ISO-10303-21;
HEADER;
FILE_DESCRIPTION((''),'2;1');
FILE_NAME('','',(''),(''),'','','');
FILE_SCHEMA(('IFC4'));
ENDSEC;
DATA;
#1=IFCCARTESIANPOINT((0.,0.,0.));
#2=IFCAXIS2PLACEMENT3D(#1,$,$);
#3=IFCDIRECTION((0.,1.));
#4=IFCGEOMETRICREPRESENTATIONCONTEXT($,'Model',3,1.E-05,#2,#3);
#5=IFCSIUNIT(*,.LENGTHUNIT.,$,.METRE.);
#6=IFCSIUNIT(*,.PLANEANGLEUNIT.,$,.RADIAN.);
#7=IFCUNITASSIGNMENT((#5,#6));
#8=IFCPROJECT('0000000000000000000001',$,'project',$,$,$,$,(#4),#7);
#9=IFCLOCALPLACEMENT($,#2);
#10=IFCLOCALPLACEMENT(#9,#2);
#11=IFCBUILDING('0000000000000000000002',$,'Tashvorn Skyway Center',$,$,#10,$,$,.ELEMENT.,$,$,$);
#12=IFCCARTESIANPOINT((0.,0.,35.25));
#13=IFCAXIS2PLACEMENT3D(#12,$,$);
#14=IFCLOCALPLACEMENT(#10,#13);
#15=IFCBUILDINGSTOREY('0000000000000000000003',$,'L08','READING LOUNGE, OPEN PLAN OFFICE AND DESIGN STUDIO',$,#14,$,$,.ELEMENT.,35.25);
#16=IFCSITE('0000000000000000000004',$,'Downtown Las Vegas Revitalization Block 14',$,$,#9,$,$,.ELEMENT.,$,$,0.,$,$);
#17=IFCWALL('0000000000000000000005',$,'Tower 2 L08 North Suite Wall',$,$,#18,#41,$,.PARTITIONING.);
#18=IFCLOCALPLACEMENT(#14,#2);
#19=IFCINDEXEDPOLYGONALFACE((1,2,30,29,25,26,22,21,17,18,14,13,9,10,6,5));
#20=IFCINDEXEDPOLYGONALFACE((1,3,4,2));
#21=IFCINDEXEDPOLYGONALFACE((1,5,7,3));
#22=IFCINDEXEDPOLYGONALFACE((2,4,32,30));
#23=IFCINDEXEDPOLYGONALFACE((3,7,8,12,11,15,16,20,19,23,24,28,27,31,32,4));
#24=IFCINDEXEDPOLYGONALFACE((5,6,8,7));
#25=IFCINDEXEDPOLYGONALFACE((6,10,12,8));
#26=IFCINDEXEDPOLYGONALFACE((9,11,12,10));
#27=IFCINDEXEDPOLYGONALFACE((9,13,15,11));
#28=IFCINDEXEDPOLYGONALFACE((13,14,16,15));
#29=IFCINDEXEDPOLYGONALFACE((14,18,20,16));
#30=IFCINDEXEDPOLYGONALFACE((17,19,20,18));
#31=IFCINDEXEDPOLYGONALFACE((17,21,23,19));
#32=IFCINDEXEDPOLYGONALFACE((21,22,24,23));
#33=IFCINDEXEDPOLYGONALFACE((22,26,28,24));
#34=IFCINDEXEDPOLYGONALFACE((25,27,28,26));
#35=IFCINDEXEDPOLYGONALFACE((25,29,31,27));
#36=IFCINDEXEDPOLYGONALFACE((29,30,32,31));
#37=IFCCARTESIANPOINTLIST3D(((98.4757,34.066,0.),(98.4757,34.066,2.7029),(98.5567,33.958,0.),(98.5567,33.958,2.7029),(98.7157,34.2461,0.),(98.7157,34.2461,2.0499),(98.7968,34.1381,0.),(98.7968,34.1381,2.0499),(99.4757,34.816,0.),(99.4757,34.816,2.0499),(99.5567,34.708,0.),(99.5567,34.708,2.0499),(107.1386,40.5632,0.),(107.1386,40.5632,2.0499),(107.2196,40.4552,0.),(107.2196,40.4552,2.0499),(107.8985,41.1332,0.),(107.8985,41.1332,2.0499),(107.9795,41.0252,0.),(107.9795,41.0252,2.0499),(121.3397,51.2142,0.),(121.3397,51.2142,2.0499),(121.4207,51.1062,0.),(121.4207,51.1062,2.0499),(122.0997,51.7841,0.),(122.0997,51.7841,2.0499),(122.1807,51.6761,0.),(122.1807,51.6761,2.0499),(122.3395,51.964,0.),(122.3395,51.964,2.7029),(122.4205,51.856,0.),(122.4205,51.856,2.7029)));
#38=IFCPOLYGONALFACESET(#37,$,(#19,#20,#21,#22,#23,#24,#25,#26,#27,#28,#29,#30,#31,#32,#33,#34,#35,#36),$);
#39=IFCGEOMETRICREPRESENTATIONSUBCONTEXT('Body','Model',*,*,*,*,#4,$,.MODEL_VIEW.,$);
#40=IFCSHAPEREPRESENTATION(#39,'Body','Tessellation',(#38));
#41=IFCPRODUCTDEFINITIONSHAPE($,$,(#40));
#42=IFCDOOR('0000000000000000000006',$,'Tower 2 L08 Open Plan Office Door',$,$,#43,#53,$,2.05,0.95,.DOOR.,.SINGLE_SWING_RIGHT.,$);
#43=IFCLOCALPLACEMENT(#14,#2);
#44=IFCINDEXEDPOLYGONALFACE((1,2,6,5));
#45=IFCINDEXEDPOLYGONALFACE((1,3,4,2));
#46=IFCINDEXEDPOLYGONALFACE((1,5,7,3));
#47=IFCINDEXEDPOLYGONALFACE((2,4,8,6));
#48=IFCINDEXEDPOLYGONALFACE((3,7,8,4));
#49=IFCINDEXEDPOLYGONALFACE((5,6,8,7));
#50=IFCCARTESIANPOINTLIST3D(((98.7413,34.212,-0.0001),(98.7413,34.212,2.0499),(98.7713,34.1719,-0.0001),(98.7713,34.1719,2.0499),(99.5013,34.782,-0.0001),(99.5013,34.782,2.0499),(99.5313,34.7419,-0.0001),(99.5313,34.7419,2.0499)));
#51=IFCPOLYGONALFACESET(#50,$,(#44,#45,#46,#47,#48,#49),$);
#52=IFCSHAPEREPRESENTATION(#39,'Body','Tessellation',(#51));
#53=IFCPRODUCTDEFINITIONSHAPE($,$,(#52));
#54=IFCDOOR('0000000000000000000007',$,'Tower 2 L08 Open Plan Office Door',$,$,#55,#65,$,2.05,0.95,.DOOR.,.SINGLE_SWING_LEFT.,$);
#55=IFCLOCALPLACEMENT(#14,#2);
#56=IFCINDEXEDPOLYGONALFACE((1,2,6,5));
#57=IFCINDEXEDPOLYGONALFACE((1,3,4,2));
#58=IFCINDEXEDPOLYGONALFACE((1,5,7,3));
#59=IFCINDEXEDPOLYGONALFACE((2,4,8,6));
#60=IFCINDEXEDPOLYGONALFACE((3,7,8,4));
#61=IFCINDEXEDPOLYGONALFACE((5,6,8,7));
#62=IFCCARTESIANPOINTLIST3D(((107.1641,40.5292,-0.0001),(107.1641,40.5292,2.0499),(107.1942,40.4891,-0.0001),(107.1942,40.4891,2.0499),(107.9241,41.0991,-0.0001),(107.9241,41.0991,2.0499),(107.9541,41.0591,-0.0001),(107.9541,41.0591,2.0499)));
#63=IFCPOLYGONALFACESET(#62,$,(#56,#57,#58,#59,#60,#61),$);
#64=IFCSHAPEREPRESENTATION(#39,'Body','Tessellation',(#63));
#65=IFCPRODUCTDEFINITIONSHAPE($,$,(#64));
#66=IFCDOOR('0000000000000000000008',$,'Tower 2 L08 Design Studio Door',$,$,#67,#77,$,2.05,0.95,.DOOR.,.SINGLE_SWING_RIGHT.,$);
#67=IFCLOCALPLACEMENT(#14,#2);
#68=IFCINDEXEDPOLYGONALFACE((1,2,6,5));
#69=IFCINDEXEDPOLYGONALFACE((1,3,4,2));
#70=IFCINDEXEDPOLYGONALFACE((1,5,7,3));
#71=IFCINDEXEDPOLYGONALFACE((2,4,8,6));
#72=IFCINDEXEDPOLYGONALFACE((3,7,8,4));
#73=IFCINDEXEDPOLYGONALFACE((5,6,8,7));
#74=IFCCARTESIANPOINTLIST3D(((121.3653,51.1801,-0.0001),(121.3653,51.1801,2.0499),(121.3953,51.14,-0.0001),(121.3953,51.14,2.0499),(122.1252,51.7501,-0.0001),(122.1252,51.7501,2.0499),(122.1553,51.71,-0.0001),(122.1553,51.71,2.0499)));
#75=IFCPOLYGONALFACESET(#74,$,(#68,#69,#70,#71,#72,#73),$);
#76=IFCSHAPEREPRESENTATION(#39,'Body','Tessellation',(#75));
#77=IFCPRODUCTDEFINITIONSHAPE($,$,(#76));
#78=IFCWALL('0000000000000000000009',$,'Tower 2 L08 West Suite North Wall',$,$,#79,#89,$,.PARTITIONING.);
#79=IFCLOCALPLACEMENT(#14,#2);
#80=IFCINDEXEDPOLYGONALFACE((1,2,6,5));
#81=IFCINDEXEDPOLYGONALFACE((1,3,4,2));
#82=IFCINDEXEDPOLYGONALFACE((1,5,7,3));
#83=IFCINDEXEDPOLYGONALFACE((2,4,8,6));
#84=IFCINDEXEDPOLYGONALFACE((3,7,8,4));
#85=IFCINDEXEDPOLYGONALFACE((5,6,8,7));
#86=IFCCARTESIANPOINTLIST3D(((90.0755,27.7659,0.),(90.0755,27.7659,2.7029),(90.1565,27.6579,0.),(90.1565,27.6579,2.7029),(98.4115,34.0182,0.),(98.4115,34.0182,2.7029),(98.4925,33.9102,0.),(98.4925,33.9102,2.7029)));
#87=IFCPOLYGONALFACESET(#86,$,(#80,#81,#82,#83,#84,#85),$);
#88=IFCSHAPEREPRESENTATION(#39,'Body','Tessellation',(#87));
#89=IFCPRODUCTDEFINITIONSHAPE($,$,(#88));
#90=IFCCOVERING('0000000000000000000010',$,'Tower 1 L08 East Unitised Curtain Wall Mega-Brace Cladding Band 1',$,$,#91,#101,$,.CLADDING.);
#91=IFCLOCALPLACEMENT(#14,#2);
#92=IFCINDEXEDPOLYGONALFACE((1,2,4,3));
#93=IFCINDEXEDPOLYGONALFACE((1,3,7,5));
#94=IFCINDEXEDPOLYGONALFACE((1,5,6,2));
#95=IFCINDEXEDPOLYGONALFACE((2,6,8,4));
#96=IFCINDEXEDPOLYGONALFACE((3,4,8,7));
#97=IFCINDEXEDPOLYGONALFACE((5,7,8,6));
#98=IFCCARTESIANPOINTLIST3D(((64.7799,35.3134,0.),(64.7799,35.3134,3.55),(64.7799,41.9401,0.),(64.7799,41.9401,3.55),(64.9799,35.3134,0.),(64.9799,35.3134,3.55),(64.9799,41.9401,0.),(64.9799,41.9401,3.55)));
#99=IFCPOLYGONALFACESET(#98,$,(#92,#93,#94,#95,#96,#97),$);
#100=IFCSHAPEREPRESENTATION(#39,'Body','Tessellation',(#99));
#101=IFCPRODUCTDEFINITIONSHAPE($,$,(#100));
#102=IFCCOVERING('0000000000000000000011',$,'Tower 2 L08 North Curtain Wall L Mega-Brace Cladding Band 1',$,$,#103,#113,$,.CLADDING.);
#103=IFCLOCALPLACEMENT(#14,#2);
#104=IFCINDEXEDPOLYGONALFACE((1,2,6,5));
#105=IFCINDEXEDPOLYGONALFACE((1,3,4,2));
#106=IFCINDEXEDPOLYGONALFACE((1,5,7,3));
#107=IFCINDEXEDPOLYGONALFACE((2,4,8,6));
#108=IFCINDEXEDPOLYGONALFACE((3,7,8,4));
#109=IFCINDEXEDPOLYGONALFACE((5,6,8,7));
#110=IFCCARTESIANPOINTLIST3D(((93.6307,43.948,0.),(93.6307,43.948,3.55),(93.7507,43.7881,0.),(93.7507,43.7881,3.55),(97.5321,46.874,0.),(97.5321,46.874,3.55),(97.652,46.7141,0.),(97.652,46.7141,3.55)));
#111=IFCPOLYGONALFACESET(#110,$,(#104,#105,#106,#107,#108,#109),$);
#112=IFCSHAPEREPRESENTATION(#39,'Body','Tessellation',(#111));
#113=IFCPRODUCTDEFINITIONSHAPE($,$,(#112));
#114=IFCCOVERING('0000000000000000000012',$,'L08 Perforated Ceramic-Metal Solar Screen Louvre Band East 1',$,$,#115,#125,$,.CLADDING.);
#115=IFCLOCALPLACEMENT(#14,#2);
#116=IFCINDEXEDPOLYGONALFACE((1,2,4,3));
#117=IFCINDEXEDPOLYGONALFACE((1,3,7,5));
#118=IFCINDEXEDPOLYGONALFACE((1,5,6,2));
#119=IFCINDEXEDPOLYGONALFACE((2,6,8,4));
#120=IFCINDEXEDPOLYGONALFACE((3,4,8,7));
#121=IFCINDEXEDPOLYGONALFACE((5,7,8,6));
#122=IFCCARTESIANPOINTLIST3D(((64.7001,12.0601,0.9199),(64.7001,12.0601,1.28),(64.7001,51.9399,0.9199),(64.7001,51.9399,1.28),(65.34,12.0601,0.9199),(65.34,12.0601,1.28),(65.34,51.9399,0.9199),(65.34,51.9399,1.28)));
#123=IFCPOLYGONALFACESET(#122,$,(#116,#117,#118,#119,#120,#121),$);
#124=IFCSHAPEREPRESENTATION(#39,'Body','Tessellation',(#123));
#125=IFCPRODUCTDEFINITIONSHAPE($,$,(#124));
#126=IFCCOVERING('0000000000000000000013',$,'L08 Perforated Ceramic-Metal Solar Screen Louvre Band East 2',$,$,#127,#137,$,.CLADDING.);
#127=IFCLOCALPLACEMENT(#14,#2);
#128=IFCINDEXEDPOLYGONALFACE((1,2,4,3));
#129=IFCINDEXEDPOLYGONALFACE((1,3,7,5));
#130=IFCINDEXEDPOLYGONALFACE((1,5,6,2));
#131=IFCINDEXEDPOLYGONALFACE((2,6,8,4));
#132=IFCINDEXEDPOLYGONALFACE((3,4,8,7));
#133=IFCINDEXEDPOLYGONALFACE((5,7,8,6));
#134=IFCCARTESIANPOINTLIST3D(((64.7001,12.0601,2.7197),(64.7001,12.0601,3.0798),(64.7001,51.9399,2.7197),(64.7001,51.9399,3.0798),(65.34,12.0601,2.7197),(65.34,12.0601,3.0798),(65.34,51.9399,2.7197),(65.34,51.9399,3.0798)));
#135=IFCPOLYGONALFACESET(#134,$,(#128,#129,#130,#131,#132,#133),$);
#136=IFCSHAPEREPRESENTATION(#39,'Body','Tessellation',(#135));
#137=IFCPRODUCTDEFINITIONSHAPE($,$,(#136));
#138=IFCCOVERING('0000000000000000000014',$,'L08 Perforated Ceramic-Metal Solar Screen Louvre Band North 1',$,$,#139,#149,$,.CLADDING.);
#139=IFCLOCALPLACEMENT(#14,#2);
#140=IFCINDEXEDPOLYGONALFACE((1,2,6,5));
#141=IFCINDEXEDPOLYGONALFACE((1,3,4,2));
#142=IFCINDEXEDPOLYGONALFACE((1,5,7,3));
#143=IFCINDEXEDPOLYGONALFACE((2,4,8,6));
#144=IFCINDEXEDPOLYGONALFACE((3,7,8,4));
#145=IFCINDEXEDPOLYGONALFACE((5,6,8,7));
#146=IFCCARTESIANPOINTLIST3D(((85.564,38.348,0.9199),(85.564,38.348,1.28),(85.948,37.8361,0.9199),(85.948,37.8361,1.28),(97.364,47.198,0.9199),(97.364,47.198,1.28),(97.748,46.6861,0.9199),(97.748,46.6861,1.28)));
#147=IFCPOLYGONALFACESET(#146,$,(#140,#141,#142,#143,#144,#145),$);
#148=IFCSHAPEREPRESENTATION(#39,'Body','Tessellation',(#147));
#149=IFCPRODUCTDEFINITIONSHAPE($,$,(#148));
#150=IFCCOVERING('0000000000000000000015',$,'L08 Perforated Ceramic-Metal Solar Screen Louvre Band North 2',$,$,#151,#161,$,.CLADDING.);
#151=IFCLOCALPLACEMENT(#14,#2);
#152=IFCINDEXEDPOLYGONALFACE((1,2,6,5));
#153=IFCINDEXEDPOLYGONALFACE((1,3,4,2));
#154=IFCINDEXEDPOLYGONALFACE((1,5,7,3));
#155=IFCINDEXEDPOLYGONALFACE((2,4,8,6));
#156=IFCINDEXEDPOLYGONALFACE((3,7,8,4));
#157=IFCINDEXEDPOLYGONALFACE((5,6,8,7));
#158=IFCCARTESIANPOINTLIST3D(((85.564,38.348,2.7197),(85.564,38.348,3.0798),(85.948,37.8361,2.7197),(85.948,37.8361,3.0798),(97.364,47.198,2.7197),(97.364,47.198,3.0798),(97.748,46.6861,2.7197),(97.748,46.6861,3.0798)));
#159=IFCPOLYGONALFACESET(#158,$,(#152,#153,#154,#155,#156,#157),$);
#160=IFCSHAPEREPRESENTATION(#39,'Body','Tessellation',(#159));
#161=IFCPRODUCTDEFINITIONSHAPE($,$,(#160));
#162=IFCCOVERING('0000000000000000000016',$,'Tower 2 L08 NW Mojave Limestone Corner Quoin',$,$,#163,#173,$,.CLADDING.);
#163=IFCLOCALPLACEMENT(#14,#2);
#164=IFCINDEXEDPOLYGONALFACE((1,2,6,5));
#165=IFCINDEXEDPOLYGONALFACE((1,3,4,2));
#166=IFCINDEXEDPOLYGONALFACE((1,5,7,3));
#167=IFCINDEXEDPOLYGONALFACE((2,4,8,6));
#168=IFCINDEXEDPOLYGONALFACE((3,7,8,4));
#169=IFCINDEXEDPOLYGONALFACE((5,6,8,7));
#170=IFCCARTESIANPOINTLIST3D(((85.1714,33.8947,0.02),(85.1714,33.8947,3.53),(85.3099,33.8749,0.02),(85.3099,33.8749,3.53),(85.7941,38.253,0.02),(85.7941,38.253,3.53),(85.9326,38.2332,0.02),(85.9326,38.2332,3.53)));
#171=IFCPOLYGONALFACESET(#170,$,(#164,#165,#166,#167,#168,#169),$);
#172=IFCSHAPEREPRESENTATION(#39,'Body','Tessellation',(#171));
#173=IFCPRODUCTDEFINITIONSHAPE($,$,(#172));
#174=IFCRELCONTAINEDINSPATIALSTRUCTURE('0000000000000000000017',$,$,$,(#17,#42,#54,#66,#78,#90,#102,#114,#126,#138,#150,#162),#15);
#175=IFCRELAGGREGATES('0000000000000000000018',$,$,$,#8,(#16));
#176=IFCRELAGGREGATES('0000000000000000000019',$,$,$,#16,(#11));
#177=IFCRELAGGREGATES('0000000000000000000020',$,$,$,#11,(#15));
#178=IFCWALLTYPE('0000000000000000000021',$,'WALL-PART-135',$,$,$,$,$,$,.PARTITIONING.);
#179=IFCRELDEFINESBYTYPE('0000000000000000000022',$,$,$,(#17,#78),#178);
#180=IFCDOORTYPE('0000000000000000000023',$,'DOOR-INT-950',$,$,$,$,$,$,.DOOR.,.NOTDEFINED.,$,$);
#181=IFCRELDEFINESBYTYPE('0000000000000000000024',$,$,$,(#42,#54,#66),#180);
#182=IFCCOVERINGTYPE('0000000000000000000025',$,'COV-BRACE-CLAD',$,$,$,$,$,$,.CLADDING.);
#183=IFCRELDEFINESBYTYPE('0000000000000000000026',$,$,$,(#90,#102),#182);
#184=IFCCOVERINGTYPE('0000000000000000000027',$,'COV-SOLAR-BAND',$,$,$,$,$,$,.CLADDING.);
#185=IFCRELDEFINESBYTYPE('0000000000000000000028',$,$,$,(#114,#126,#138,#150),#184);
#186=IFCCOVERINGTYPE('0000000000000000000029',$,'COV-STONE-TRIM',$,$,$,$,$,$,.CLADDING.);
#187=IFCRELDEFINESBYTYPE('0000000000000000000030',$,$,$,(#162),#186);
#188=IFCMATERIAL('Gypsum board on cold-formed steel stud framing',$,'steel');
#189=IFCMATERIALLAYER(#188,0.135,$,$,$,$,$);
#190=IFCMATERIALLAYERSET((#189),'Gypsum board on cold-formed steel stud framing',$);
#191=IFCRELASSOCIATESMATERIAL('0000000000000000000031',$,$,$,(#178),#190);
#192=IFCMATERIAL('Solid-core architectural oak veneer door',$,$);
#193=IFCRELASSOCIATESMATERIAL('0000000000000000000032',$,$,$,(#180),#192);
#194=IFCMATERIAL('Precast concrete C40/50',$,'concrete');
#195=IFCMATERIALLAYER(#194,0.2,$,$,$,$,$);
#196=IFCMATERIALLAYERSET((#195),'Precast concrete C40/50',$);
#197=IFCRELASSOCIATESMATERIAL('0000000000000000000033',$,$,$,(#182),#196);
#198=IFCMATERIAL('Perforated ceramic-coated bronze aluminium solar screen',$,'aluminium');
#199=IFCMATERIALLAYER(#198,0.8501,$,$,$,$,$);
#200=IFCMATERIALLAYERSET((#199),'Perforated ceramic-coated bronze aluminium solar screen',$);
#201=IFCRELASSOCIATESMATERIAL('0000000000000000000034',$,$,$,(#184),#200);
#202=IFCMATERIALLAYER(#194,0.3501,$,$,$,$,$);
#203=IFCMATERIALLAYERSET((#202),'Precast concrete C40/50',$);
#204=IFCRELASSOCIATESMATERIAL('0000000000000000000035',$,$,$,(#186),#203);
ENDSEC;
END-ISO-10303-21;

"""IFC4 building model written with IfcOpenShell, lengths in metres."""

from ifc_helpers import new_model, si_unit, direction, frame, frame_2d, origin, origin_2d, place, context, subcontext, project, spatial, rectangle, extrude, material, layer, layer_set, type_object, element, fill, save


model = new_model("IFC4")

# Units and contexts
model_context = context("Model", 3, precision=1e-05, world=origin(), true_north=direction((0.0, 1.0)))
body_context = subcontext(model_context, "Body", "Model", "MODEL_VIEW")
ifc_project = project(units=[si_unit("LENGTHUNIT", "METRE"), si_unit("PLANEANGLEUNIT", "RADIAN")], contexts=[model_context])

# Site, building, storey
site_placement = place(None, origin())
site = spatial("IfcSite", under=ifc_project, at=site_placement, Name="Downtown Las Vegas Revitalization Block 14", CompositionType="ELEMENT", RefElevation=0.0)
building_placement = place(site_placement, origin())
building = spatial("IfcBuilding", under=site, at=building_placement, Name="Tashvorn Skyway Center", CompositionType="ELEMENT")
storey_placement = place(building_placement, frame((0.0, 0.0, 35.25)))
storey = spatial("IfcBuildingStorey", under=building, at=storey_placement, Name="L08", Description="READING LOUNGE, OPEN PLAN OFFICE AND DESIGN STUDIO", CompositionType="ELEMENT", Elevation=35.25)

# Shared definitions
ifc_material_1 = material(Name="Precast concrete C40/50", Category="concrete")

# Shared definitions
ifc_material_2 = material(Name="Gypsum board on cold-formed steel stud framing", Category="steel")
ifc_layer_1 = layer(ifc_material_2, 0.135)
ifc_layer_set_1 = layer_set([ifc_layer_1], Name="Gypsum board on cold-formed steel stud framing")
wall_type_1 = type_object("IfcWallType", Name="WALL-PART-135", PredefinedType="PARTITIONING", material=ifc_layer_set_1)

# Wall, openings, doors
wall_1_placement = place(storey_placement, frame((98.5161, 34.012, 0.0), z_axis=(0.0, 0.0, 1.0), x_axis=(0.799998, 0.600003, 0.0)))
wall_1 = element("IfcWall", 1, at=wall_1_placement, inside=storey, type_object=wall_type_1, Name="Tower 2 L08 North Suite Wall", PredefinedType="PARTITIONING", context=body_context, shape_type="SweptSolid", body=[
    extrude(rectangle(XDim=29.8298, YDim=0.135, at=frame_2d((14.915, 0.0))), origin(), (0.0, 0.0, 1.0), 2.7029),
])
opening_1_placement = place(wall_1_placement, frame((0.3, 0.0, 0.0)))
opening_1 = element("IfcOpeningElement", 2, at=opening_1_placement, cuts=wall_1, PredefinedType="OPENING", context=body_context, shape_type="SweptSolid", body=[
    extrude(rectangle(XDim=0.95, YDim=2.05, at=frame_2d((0.4751, 1.0249))), frame((0.0, 0.0774, 0.0), z_axis=(0.0, -1.0, 0.0), x_axis=(1.0, 0.0, 0.0)), (0.0, 0.0, 1.0), 0.155),
])
opening_2_placement = place(wall_1_placement, frame((10.8286, 0.0, 0.0)))
opening_2 = element("IfcOpeningElement", 3, at=opening_2_placement, cuts=wall_1, PredefinedType="OPENING", context=body_context, shape_type="SweptSolid", body=[
    extrude(rectangle(XDim=0.95, YDim=2.05, at=frame_2d((0.4751, 1.0249))), frame((0.0, 0.0774, 0.0), z_axis=(0.0, -1.0, 0.0), x_axis=(1.0, 0.0, 0.0)), (0.0, 0.0, 1.0), 0.155),
])
opening_3_placement = place(wall_1_placement, frame((28.5801, 0.0, 0.0)))
opening_3 = element("IfcOpeningElement", 4, at=opening_3_placement, cuts=wall_1, PredefinedType="OPENING", context=body_context, shape_type="SweptSolid", body=[
    extrude(rectangle(XDim=0.95, YDim=2.05, at=frame_2d((0.4751, 1.0249))), frame((0.0, 0.0774, 0.0), z_axis=(0.0, -1.0, 0.0), x_axis=(1.0, 0.0, 0.0)), (0.0, 0.0, 1.0), 0.155),
])
ifc_material_3 = material(Name="Solid-core architectural oak veneer door")
door_type_1 = type_object("IfcDoorType", Name="DOOR-INT-950", OperationType="NOTDEFINED", PredefinedType="DOOR", material=ifc_material_3)
door_1_placement = place(opening_1_placement, origin())
door_1 = element("IfcDoor", 5, at=door_1_placement, inside=storey, type_object=door_type_1, Name="Tower 2 L08 Open Plan Office Door", OperationType="SINGLE_SWING_RIGHT", OverallHeight=2.05, OverallWidth=0.95, PredefinedType="DOOR", context=body_context, shape_type="SweptSolid", body=[
    extrude(rectangle(XDim=0.95, YDim=2.05, at=frame_2d((0.4751, 1.0249))), frame((0.0, 0.0249, 0.0), z_axis=(0.0, -1.0, 0.0), x_axis=(1.0, 0.0, 0.0)), (0.0, 0.0, 1.0), 0.05),
])
fill(opening_1, door_1)
door_2_placement = place(opening_2_placement, origin())
door_2 = element("IfcDoor", 6, at=door_2_placement, inside=storey, type_object=door_type_1, Name="Tower 2 L08 Open Plan Office Door", OperationType="SINGLE_SWING_LEFT", OverallHeight=2.05, OverallWidth=0.95, PredefinedType="DOOR", context=body_context, shape_type="SweptSolid", body=[
    extrude(rectangle(XDim=0.95, YDim=2.05, at=frame_2d((0.4751, 1.0249))), frame((0.0, 0.0249, 0.0), z_axis=(0.0, -1.0, 0.0), x_axis=(1.0, 0.0, 0.0)), (0.0, 0.0, 1.0), 0.05),
])
fill(opening_2, door_2)
door_3_placement = place(opening_3_placement, origin())
door_3 = element("IfcDoor", 7, at=door_3_placement, inside=storey, type_object=door_type_1, Name="Tower 2 L08 Design Studio Door", OperationType="SINGLE_SWING_RIGHT", OverallHeight=2.05, OverallWidth=0.95, PredefinedType="DOOR", context=body_context, shape_type="SweptSolid", body=[
    extrude(rectangle(XDim=0.95, YDim=2.05, at=frame_2d((0.4751, 1.0249))), frame((0.0, 0.0249, 0.0), z_axis=(0.0, -1.0, 0.0), x_axis=(1.0, 0.0, 0.0)), (0.0, 0.0, 1.0), 0.05),
])
fill(opening_3, door_3)

# Wall
wall_2_placement = place(storey_placement, frame((98.4519, 33.9641, 0.0), z_axis=(0.0, 0.0, 1.0), x_axis=(-0.799989, -0.600015, 0.0)))
element("IfcWall", 8, at=wall_2_placement, inside=storey, type_object=wall_type_1, Name="Tower 2 L08 West Suite North Wall", PredefinedType="PARTITIONING", context=body_context, shape_type="SweptSolid", body=[
    extrude(rectangle(XDim=10.4202, YDim=0.135, at=frame_2d((5.21, 0.0))), origin(), (0.0, 0.0, 1.0), 2.7029),
])

# Coverings
ifc_layer_2 = layer(ifc_material_1, 0.2)
ifc_layer_set_2 = layer_set([ifc_layer_2], Name="Precast concrete C40/50")
covering_type_1 = type_object("IfcCoveringType", Name="COV-BRACE-CLAD", PredefinedType="CLADDING", material=ifc_layer_set_2)
covering_1_placement = place(storey_placement, frame((64.8799, 38.6267, 0.0), z_axis=(0.0, 0.0, 1.0), x_axis=(0.0, -1.0, 0.0)))
element("IfcCovering", 9, at=covering_1_placement, inside=storey, type_object=covering_type_1, Name="Tower 1 L08 East Unitised Curtain Wall Mega-Brace Cladding Band 1", PredefinedType="CLADDING", context=body_context, shape_type="SweptSolid", body=[
    extrude(rectangle(XDim=6.6267, YDim=0.2, at=origin_2d()), origin(), (0.0, 0.0, 1.0), 3.55),
])
covering_2_placement = place(storey_placement, frame((95.6414, 45.3311, 0.0), z_axis=(0.0, 0.0, 1.0), x_axis=(0.8, 0.6, 0.0)))
element("IfcCovering", 10, at=covering_2_placement, inside=storey, type_object=covering_type_1, Name="Tower 2 L08 North Curtain Wall L Mega-Brace Cladding Band 1", PredefinedType="CLADDING", context=body_context, shape_type="SweptSolid", body=[
    extrude(rectangle(XDim=4.8767, YDim=0.2, at=origin_2d()), origin(), (0.0, 0.0, 1.0), 3.55),
])
ifc_material_4 = material(Name="Perforated ceramic-coated bronze aluminium solar screen", Category="aluminium")
ifc_layer_3 = layer(ifc_material_4, 0.8501)
ifc_layer_set_3 = layer_set([ifc_layer_3], Name="Perforated ceramic-coated bronze aluminium solar screen")
covering_type_2 = type_object("IfcCoveringType", Name="COV-SOLAR-BAND", PredefinedType="CLADDING", material=ifc_layer_set_3)
for number, where, z_axis, x_axis, name in (
    (11, (65.02, 32.0, 0.9199), (0.0, 0.0, 1.0), (0.0, -1.0, 0.0), "L08 Perforated Ceramic-Metal Solar Screen Louvre Band East 1"),
    (12, (65.02, 32.0, 2.7197), (0.0, 0.0, 1.0), (0.0, -1.0, 0.0), "L08 Perforated Ceramic-Metal Solar Screen Louvre Band East 2"),
):
    element("IfcCovering", number, at=place(storey_placement, frame(where, z_axis=z_axis, x_axis=x_axis)), inside=storey, type_object=covering_type_2, Name=name, PredefinedType="CLADDING", context=body_context, shape_type="SweptSolid", body=[
        extrude(rectangle(XDim=39.8799, YDim=0.6399, at=origin_2d()), origin(), (0.0, 0.0, 1.0), 0.3601),
    ])
for number, where, z_axis, x_axis, name in (
    (13, (91.656, 42.5171, 0.9199), (0.0, 0.0, 1.0), (0.8, 0.6, 0.0), "L08 Perforated Ceramic-Metal Solar Screen Louvre Band North 1"),
    (14, (91.656, 42.5171, 2.7197), (0.0, 0.0, 1.0), (0.8, 0.6, 0.0), "L08 Perforated Ceramic-Metal Solar Screen Louvre Band North 2"),
):
    element("IfcCovering", number, at=place(storey_placement, frame(where, z_axis=z_axis, x_axis=x_axis)), inside=storey, type_object=covering_type_2, Name=name, PredefinedType="CLADDING", context=body_context, shape_type="SweptSolid", body=[
        extrude(rectangle(XDim=14.75, YDim=0.6399, at=origin_2d()), origin(), (0.0, 0.0, 1.0), 0.3601),
    ])
ifc_layer_4 = layer(ifc_material_1, 0.3501)
ifc_layer_set_4 = layer_set([ifc_layer_4], Name="Precast concrete C40/50")
covering_type_3 = type_object("IfcCoveringType", Name="COV-STONE-TRIM", PredefinedType="CLADDING", material=ifc_layer_set_4)
covering_3_placement = place(storey_placement, frame((85.552, 36.064, 0.02), z_axis=(0.0, 0.0, 1.0), x_axis=(-0.141421, -0.989949, 0.0)))
element("IfcCovering", 15, at=covering_3_placement, inside=storey, type_object=covering_type_3, Name="Tower 2 L08 NW Mojave Limestone Corner Quoin", PredefinedType="CLADDING", context=body_context, shape_type="SweptSolid", body=[
    extrude(rectangle(XDim=4.4026, YDim=0.1399, at=origin_2d()), origin(), (0.0, 0.0, 1.0), 3.51),
])

save(model, "model.ifc")
